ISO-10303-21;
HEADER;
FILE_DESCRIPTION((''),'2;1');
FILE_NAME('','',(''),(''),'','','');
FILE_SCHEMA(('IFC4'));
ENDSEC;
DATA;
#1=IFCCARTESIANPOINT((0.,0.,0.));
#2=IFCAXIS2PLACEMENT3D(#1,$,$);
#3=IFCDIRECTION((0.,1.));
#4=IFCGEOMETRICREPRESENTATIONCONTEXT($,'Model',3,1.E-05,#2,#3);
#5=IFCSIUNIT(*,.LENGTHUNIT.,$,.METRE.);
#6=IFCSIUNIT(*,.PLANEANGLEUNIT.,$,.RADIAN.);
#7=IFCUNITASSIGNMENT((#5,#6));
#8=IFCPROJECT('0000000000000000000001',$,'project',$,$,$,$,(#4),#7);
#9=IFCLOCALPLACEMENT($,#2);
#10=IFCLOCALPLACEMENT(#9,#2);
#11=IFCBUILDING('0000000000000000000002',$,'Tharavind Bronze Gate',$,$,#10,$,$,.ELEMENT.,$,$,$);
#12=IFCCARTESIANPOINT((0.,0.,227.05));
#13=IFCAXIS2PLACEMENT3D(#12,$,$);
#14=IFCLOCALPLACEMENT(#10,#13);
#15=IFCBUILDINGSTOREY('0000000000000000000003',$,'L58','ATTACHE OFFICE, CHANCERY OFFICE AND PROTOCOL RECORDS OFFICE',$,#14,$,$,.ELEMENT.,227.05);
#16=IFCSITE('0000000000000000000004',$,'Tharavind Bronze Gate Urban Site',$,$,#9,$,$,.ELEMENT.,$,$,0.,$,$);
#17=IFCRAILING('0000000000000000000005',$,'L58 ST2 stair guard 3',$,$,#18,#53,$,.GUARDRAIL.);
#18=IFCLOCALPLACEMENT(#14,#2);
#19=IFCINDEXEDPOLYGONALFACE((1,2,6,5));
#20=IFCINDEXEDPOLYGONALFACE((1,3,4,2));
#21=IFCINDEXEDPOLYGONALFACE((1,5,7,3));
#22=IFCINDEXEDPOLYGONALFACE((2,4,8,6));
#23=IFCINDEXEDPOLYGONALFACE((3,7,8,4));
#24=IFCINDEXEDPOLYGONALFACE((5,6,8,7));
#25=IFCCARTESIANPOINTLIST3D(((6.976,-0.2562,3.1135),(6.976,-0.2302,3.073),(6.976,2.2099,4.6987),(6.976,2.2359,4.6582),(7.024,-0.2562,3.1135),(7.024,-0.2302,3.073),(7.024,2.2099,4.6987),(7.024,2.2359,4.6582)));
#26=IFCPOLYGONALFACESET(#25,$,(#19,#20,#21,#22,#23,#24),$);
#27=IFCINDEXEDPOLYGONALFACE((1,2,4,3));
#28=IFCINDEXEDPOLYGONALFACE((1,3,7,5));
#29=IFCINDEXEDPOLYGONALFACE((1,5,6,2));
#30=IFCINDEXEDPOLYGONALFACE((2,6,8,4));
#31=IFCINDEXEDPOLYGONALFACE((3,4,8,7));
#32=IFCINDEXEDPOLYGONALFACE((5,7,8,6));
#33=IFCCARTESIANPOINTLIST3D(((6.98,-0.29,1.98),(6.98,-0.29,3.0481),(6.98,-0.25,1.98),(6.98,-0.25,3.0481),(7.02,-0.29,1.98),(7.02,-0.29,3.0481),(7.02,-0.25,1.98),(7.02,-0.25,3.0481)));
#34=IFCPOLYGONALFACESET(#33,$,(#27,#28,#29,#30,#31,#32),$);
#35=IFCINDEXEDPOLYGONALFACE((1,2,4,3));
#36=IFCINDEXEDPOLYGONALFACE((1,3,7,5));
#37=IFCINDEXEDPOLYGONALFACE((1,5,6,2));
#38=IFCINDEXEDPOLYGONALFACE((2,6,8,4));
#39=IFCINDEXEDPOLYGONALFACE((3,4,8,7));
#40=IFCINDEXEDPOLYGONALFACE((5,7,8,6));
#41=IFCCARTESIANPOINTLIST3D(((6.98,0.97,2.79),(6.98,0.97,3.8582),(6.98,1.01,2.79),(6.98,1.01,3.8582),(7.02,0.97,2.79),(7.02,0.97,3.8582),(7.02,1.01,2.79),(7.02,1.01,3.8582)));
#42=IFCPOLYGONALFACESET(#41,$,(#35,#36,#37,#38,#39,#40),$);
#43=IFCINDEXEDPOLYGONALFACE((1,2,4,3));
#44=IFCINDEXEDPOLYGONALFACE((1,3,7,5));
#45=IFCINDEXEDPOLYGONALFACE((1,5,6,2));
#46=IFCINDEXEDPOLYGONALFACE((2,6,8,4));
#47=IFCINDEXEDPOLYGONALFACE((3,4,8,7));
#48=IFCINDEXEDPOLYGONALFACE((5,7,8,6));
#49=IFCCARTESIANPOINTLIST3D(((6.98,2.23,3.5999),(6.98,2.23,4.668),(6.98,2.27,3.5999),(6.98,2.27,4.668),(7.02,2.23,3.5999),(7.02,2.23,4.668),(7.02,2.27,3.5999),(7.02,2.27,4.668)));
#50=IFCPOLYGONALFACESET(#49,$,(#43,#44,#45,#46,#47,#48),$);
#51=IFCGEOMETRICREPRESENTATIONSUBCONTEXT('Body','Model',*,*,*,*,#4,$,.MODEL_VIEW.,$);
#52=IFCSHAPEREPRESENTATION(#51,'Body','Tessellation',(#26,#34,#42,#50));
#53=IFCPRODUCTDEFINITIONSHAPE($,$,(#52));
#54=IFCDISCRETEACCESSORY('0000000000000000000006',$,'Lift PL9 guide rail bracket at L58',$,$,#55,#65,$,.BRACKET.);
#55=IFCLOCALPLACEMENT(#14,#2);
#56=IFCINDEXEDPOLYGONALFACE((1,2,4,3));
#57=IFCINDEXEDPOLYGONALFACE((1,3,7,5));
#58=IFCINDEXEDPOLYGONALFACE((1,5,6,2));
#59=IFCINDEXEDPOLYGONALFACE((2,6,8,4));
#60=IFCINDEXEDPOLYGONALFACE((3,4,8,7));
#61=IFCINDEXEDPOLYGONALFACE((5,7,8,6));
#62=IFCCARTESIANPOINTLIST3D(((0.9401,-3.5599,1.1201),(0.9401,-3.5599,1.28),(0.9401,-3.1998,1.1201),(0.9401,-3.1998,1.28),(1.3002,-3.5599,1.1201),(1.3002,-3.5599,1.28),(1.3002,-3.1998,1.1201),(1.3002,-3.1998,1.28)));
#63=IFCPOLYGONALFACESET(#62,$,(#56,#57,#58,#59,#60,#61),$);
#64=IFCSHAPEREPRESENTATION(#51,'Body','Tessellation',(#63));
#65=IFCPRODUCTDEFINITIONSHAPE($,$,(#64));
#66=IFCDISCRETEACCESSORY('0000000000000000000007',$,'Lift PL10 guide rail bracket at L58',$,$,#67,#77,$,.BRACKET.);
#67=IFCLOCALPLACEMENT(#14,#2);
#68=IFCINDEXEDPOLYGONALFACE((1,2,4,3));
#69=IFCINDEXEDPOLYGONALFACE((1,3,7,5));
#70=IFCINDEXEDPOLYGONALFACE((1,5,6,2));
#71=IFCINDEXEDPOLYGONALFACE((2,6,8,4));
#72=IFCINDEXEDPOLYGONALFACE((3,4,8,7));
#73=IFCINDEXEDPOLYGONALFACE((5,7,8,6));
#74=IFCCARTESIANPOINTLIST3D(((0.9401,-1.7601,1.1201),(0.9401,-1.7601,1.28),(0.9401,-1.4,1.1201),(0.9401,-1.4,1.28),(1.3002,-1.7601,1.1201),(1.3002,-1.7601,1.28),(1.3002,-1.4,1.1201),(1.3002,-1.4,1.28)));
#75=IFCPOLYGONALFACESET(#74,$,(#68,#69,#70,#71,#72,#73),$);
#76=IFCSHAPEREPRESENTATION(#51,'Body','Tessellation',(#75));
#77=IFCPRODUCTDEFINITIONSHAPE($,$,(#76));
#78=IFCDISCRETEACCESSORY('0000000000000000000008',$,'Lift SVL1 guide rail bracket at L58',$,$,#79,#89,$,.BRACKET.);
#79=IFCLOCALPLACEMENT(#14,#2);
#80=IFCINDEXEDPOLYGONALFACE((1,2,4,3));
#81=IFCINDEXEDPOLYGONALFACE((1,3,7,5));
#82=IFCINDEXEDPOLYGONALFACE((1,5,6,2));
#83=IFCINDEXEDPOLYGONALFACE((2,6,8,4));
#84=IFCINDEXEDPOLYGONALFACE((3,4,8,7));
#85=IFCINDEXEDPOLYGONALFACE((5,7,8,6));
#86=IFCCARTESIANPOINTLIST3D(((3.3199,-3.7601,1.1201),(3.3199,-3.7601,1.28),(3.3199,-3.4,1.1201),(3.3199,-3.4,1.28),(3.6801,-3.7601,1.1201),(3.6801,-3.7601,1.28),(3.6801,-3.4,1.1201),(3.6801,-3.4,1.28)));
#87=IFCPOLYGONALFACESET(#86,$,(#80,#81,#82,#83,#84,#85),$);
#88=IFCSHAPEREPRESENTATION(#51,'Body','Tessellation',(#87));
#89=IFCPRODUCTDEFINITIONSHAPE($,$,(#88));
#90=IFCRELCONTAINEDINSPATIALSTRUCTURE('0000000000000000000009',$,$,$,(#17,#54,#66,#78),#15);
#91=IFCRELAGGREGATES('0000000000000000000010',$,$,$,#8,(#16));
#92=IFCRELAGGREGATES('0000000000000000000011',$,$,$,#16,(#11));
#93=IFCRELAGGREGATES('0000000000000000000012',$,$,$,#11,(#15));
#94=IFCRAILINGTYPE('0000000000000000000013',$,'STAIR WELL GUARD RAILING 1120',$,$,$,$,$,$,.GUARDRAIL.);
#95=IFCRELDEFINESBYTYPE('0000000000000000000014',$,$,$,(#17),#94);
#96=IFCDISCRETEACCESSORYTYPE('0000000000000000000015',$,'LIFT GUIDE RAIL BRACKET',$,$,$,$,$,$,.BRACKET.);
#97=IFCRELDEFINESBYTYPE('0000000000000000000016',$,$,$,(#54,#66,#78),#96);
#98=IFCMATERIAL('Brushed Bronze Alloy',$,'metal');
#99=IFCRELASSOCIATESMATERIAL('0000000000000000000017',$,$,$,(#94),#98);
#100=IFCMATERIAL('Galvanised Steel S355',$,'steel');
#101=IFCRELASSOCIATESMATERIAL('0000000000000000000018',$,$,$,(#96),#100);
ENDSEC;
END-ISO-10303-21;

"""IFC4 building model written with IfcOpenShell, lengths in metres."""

from ifc_helpers import new_model, si_unit, direction, frame, origin, origin_2d, place, context, subcontext, project, spatial, rectangle, extrude, material, type_object, element, save


model = new_model("IFC4")

# Units and contexts
model_context = context("Model", 3, precision=1e-05, world=origin(), true_north=direction((0.0, 1.0)))
body_context = subcontext(model_context, "Body", "Model", "MODEL_VIEW")
ifc_project = project(units=[si_unit("LENGTHUNIT", "METRE"), si_unit("PLANEANGLEUNIT", "RADIAN")], contexts=[model_context])

# Site, building, storey
site_placement = place(None, origin())
site = spatial("IfcSite", under=ifc_project, at=site_placement, Name="Tharavind Bronze Gate Urban Site", CompositionType="ELEMENT", RefElevation=0.0)
building_placement = place(site_placement, origin())
building = spatial("IfcBuilding", under=site, at=building_placement, Name="Tharavind Bronze Gate", CompositionType="ELEMENT")
storey_placement = place(building_placement, frame((0.0, 0.0, 227.05)))
storey = spatial("IfcBuildingStorey", under=building, at=storey_placement, Name="L58", Description="ATTACHE OFFICE, CHANCERY OFFICE AND PROTOCOL RECORDS OFFICE", CompositionType="ELEMENT", Elevation=227.05)

# Railing
ifc_material_1 = material(Name="Brushed Bronze Alloy", Category="metal")
railing_type = type_object("IfcRailingType", Name="STAIR WELL GUARD RAILING 1120", PredefinedType="GUARDRAIL", material=ifc_material_1)
railing_1_placement = place(storey_placement, frame((7.0, -0.27, 1.98)))
element("IfcRailing", 1, at=railing_1_placement, inside=storey, type_object=railing_type, Name="L58 ST2 stair guard 3", PredefinedType="GUARDRAIL", context=body_context, shape_type="SweptSolid", body=[
    extrude(rectangle(XDim=0.0481, YDim=0.0481, at=origin_2d()), frame((0.0, 0.0269, 1.1133), z_axis=(0.0, 0.8412, 0.540725), x_axis=(-1.0, 0.0, 0.0)), (0.0, 0.0, 1.0), 2.9316),
    extrude(rectangle(XDim=0.04, YDim=0.04, at=origin_2d()), origin(), (0.0, 0.0, 1.0), 1.0681),
    extrude(rectangle(XDim=0.04, YDim=0.04, at=origin_2d()), frame((0.0, 1.26, 0.8101)), (0.0, 0.0, 1.0), 1.0681),
    extrude(rectangle(XDim=0.04, YDim=0.04, at=origin_2d()), frame((0.0, 2.52, 1.6199)), (0.0, 0.0, 1.0), 1.0681),
])

# Discrete accessories
ifc_material_2 = material(Name="Galvanised Steel S355", Category="steel")
discrete_accessory_type = type_object("IfcDiscreteAccessoryType", Name="LIFT GUIDE RAIL BRACKET", PredefinedType="BRACKET", material=ifc_material_2)
for number, where, z_axis, x_axis, name in (
    (2, (1.1201, -3.3799, 1.1201), (0.0, 0.0, 1.0), (1.0, 0.0, 0.0), "Lift PL9 guide rail bracket at L58"),
    (3, (1.1201, -1.5801, 1.1201), (0.0, 0.0, 1.0), (1.0, 0.0, 0.0), "Lift PL10 guide rail bracket at L58"),
    (4, (3.5, -3.5801, 1.1201), (0.0, 0.0, 1.0), (1.0, 0.0, 0.0), "Lift SVL1 guide rail bracket at L58"),
):
    element("IfcDiscreteAccessory", number, at=place(storey_placement, frame(where, z_axis=z_axis, x_axis=x_axis)), inside=storey, type_object=discrete_accessory_type, Name=name, PredefinedType="BRACKET", context=body_context, shape_type="SweptSolid", body=[
        extrude(rectangle(XDim=0.3601, YDim=0.3601, at=origin_2d()), origin(), (0.0, 0.0, 1.0), 0.1599),
    ])

save(model, "model.ifc")
